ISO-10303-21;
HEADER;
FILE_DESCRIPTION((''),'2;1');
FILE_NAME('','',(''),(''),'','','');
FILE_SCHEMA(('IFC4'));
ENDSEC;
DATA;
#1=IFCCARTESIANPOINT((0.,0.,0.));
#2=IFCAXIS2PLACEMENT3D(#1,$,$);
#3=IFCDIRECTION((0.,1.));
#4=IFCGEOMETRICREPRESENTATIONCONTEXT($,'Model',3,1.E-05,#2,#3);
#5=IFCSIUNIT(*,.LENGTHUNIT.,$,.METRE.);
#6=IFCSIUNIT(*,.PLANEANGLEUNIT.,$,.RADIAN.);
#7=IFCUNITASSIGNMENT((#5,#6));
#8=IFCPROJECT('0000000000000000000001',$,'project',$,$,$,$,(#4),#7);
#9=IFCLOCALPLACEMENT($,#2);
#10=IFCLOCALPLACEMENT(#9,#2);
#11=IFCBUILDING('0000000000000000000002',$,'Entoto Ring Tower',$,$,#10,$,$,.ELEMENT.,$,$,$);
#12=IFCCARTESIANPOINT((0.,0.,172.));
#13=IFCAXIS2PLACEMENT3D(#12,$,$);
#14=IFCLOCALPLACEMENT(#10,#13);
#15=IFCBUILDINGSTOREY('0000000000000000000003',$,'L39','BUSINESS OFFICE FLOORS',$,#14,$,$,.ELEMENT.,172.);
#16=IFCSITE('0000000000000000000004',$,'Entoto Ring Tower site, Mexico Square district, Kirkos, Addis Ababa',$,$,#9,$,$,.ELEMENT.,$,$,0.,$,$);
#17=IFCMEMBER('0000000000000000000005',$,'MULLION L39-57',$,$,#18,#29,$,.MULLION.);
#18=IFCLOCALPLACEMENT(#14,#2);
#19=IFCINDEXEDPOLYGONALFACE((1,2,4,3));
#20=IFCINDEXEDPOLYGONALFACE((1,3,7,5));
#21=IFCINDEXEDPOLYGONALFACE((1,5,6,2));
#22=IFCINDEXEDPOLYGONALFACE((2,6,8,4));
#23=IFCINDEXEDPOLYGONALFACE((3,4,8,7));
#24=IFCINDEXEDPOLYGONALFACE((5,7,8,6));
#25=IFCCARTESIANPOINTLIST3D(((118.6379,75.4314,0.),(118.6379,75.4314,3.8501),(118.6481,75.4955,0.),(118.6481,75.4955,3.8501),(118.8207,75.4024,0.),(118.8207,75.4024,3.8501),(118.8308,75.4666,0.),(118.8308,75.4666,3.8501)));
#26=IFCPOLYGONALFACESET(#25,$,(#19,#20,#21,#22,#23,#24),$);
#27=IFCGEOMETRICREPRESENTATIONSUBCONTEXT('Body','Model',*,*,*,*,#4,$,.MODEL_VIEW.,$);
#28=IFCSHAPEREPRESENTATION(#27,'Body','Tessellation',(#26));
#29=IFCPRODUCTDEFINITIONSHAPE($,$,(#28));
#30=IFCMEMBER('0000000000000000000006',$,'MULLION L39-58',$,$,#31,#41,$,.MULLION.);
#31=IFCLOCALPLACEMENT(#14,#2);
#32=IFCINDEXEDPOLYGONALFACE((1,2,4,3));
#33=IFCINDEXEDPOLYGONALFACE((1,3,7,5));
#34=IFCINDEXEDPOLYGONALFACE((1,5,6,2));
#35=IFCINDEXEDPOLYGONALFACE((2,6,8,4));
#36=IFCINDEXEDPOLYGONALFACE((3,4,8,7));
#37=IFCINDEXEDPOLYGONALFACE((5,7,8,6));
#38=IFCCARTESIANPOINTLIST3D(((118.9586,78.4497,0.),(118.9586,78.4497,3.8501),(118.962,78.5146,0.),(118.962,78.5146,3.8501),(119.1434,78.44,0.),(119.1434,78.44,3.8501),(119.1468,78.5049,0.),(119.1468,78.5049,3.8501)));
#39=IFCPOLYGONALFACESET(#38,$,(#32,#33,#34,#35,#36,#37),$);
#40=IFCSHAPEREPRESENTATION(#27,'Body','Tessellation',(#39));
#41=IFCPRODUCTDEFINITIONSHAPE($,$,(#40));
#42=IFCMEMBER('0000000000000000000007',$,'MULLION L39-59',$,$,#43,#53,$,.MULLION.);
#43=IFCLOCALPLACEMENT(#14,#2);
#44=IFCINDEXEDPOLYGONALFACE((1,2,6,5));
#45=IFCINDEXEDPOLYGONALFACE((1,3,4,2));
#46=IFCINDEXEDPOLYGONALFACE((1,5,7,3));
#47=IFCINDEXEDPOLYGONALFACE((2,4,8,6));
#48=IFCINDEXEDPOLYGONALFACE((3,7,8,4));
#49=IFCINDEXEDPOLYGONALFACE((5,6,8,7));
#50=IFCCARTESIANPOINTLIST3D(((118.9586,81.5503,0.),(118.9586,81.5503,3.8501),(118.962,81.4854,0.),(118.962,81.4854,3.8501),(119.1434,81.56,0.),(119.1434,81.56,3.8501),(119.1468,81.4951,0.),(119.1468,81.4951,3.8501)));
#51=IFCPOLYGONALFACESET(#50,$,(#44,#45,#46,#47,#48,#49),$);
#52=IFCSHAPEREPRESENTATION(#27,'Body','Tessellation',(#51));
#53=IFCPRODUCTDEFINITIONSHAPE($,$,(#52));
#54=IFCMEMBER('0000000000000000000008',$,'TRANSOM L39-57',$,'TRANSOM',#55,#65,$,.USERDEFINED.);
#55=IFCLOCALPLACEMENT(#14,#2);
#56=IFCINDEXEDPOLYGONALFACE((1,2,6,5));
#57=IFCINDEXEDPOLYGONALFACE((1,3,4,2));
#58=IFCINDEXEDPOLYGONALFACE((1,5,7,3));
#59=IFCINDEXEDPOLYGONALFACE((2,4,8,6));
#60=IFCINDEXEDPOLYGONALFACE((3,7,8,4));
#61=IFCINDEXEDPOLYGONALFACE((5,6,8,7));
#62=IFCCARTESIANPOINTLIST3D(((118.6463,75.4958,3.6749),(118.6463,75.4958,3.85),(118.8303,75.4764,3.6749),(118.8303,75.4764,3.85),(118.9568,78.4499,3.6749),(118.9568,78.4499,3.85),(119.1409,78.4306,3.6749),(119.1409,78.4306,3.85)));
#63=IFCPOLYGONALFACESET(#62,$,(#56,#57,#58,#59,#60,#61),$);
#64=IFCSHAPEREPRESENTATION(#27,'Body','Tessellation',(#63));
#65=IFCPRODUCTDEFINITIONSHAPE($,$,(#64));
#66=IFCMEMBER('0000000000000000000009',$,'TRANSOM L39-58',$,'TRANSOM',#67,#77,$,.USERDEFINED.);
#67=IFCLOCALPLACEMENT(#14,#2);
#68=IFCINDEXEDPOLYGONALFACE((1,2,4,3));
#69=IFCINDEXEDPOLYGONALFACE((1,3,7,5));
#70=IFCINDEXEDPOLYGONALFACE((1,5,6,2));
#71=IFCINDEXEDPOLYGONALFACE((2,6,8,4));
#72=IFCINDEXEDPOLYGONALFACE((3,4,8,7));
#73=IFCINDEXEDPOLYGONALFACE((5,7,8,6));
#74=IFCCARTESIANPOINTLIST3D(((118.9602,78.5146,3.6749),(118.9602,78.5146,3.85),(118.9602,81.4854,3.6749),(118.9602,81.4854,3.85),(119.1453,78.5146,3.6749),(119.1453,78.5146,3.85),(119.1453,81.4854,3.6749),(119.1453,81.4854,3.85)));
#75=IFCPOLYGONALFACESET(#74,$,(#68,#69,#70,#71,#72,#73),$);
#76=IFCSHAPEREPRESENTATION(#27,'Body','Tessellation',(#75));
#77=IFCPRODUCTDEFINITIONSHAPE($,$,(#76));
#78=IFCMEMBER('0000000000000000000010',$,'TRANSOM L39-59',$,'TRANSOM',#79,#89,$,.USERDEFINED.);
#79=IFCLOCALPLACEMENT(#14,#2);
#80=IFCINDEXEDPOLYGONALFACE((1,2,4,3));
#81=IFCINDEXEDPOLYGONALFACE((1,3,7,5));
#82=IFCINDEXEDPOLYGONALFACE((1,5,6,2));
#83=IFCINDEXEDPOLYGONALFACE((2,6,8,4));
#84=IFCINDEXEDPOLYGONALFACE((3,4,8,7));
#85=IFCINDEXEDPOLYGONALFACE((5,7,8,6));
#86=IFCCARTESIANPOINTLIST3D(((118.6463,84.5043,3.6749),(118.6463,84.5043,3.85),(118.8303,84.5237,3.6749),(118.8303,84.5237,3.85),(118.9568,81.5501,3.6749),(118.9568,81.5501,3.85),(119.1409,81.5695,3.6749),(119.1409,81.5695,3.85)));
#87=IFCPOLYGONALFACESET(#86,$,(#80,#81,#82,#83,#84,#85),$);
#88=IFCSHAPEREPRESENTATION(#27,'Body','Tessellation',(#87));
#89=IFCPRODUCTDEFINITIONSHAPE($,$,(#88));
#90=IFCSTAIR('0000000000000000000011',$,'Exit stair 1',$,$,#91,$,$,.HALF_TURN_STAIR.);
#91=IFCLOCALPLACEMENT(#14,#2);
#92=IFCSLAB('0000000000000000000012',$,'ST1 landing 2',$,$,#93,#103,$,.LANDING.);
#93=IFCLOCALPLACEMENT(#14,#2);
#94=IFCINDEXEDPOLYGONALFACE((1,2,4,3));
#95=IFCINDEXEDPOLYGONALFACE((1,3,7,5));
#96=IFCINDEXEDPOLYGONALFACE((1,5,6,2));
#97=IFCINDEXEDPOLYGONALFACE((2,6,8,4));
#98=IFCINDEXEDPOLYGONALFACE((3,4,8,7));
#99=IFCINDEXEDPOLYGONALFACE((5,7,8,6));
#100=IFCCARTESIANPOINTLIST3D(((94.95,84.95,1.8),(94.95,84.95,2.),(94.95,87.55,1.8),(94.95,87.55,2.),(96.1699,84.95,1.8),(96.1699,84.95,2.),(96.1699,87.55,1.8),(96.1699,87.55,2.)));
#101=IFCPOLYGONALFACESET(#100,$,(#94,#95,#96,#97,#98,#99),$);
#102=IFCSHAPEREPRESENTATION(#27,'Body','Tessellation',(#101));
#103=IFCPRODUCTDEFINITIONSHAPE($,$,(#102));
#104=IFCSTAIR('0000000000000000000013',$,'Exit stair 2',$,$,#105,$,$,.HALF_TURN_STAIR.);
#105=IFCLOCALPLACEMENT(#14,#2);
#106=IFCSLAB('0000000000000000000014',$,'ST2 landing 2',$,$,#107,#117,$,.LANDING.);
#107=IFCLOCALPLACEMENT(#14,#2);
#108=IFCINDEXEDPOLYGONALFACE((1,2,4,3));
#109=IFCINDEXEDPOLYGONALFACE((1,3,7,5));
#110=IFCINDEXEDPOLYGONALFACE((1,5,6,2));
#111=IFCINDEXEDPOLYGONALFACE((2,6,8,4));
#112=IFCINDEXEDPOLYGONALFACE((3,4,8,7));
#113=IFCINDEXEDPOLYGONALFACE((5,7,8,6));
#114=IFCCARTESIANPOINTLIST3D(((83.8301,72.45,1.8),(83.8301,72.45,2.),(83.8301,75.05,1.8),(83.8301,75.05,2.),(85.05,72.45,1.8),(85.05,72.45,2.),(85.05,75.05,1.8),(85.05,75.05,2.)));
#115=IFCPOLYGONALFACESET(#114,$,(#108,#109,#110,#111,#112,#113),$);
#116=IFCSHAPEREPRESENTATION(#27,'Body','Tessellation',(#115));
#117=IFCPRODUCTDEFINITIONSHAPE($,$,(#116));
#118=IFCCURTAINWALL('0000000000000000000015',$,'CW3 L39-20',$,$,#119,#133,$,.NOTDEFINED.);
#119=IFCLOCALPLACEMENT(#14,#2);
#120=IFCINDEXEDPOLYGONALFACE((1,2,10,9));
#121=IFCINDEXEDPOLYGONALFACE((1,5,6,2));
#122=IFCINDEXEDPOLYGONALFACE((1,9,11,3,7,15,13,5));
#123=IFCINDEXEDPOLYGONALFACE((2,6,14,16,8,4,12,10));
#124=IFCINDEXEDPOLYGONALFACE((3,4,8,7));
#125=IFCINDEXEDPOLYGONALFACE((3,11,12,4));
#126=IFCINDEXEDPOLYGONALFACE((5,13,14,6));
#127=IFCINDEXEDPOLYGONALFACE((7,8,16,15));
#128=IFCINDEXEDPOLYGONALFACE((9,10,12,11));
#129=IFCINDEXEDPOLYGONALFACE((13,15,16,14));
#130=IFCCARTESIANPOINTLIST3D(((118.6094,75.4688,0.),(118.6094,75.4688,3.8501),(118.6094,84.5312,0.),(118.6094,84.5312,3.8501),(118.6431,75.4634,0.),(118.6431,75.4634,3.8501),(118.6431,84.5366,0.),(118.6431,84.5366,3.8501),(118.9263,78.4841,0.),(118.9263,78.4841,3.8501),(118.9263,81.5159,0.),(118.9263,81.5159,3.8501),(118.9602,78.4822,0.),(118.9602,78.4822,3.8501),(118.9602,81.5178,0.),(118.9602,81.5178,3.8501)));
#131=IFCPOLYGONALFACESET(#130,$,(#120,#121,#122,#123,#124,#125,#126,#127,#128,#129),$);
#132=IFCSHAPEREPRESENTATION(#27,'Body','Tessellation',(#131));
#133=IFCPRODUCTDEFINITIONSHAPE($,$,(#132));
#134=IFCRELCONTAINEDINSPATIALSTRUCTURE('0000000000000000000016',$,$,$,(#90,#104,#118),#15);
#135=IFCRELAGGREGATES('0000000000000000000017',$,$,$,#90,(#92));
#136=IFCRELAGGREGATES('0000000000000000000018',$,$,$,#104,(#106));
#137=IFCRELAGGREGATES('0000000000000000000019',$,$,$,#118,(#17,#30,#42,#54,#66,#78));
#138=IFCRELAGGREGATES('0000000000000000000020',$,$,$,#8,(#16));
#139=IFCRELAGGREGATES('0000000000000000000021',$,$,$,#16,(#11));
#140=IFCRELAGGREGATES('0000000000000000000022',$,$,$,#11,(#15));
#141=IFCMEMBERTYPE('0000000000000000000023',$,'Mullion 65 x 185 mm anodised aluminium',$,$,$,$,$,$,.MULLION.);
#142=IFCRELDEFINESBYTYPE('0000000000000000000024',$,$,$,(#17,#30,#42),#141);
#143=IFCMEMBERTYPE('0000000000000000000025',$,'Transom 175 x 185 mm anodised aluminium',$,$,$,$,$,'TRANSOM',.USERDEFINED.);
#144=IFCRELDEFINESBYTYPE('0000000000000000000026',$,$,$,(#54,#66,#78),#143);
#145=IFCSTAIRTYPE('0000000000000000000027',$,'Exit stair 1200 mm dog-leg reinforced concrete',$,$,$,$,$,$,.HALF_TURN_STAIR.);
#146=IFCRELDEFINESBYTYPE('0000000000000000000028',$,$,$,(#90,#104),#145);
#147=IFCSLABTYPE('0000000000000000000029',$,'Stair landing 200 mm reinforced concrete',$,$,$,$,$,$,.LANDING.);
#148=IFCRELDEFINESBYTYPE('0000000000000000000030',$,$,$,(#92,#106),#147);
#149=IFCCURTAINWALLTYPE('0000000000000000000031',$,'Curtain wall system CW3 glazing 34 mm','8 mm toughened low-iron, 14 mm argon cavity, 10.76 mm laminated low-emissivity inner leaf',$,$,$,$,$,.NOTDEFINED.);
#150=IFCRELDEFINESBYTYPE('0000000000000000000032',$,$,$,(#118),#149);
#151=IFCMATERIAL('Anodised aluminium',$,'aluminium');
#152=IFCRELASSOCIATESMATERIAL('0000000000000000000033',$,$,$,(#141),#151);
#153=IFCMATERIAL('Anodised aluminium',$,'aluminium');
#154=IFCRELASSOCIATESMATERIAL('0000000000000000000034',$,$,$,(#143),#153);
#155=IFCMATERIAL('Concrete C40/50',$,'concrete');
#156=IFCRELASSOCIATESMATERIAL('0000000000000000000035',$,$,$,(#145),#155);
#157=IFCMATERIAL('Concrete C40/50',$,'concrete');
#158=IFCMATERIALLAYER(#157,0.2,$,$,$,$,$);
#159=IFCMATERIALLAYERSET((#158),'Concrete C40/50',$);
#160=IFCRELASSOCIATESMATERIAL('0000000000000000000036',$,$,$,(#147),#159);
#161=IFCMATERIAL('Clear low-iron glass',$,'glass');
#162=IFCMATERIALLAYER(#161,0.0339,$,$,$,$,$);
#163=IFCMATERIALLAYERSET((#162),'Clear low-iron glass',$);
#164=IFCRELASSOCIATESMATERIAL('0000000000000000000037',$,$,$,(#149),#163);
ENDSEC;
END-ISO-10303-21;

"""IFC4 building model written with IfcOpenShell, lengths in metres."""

from ifc_helpers import new_model, si_unit, direction, frame, origin, origin_2d, place, context, subcontext, project, spatial, polyline, rectangle, outline, extrude, material, layer, layer_set, material_profile, profile_set, type_object, element, aggregate, save


model = new_model("IFC4")

# Units and contexts
model_context = context("Model", 3, precision=1e-05, world=origin(), true_north=direction((0.0, 1.0)))
body_context = subcontext(model_context, "Body", "Model", "MODEL_VIEW")
ifc_project = project(units=[si_unit("LENGTHUNIT", "METRE"), si_unit("PLANEANGLEUNIT", "RADIAN")], contexts=[model_context])

# Members
ifc_material_1 = material(Name="Anodised aluminium", Category="aluminium")
ifc_material_profile_1 = material_profile(ifc_material_1, rectangle(XDim=0.0649, YDim=0.1851, at=origin_2d()), Name="Mullion 65 x 185 mm anodised aluminium")
ifc_profile_set_1 = profile_set([ifc_material_profile_1], Name="Anodised aluminium")
member_type_1 = type_object("IfcMemberType", Name="Mullion 65 x 185 mm anodised aluminium", PredefinedType="MULLION", material=ifc_profile_set_1)
site_placement = place(None, origin())
building_placement = place(site_placement, origin())
storey_placement = place(building_placement, frame((0.0, 0.0, 172.0)))
member_1_placement = place(storey_placement, frame((118.7344, 75.449, 0.0), z_axis=(0.0, 0.0, 1.0), x_axis=(0.156434, 0.987688, 0.0)))
member_1 = element("IfcMember", 1, at=member_1_placement, type_object=member_type_1, Name="MULLION L39-57", PredefinedType="MULLION", context=body_context, shape_type="SweptSolid", body=[
    extrude(rectangle(XDim=0.0649, YDim=0.1851, at=origin_2d()), origin(), (0.0, 0.0, 1.0), 3.8501),
])
member_2_placement = place(storey_placement, frame((119.0527, 78.4773, 0.0), z_axis=(0.0, 0.0, 1.0), x_axis=(0.052336, 0.99863, 0.0)))
member_2 = element("IfcMember", 2, at=member_2_placement, type_object=member_type_1, Name="MULLION L39-58", PredefinedType="MULLION", context=body_context, shape_type="SweptSolid", body=[
    extrude(rectangle(XDim=0.0649, YDim=0.1851, at=origin_2d()), origin(), (0.0, 0.0, 1.0), 3.8501),
])
member_3_placement = place(storey_placement, frame((119.0527, 81.5227, 0.0), z_axis=(0.0, 0.0, 1.0), x_axis=(-0.052336, 0.99863, 0.0)))
member_3 = element("IfcMember", 3, at=member_3_placement, type_object=member_type_1, Name="MULLION L39-59", PredefinedType="MULLION", context=body_context, shape_type="SweptSolid", body=[
    extrude(rectangle(XDim=0.0649, YDim=0.1851, at=origin_2d()), origin(), (0.0, 0.0, 1.0), 3.8501),
])
ifc_material_2 = material(Name="Anodised aluminium", Category="aluminium")
ifc_material_profile_2 = material_profile(ifc_material_2, rectangle(XDim=0.1851, YDim=0.175, at=origin_2d()), Name="Transom 175 x 185 mm anodised aluminium")
ifc_profile_set_2 = profile_set([ifc_material_profile_2], Name="Anodised aluminium")
member_type_2 = type_object("IfcMemberType", Name="Transom 175 x 185 mm anodised aluminium", ElementType="TRANSOM", PredefinedType="USERDEFINED", material=ifc_profile_set_2)
member_4_placement = place(storey_placement, frame((118.7383, 75.4861, 3.7625), z_axis=(0.104548, 0.99452, 0.0), x_axis=(-0.99452, 0.104548, 0.0)))
member_4 = element("IfcMember", 4, at=member_4_placement, type_object=member_type_2, Name="TRANSOM L39-57", ObjectType="TRANSOM", PredefinedType="USERDEFINED", context=body_context, shape_type="SweptSolid", body=[
    extrude(rectangle(XDim=0.1851, YDim=0.175, at=origin_2d()), origin(), (0.0, 0.0, 1.0), 2.9705),
])
member_5_placement = place(storey_placement, frame((119.0527, 78.5146, 3.7625), z_axis=(0.0, 1.0, 0.0), x_axis=(-1.0, 0.0, 0.0)))
member_5 = element("IfcMember", 5, at=member_5_placement, type_object=member_type_2, Name="TRANSOM L39-58", ObjectType="TRANSOM", PredefinedType="USERDEFINED", context=body_context, shape_type="SweptSolid", body=[
    extrude(rectangle(XDim=0.1851, YDim=0.175, at=origin_2d()), origin(), (0.0, 0.0, 1.0), 2.9707),
])
member_6_placement = place(storey_placement, frame((119.0488, 81.5598, 3.7625), z_axis=(-0.104548, 0.99452, 0.0), x_axis=(-0.99452, -0.104548, 0.0)))
member_6 = element("IfcMember", 6, at=member_6_placement, type_object=member_type_2, Name="TRANSOM L39-59", ObjectType="TRANSOM", PredefinedType="USERDEFINED", context=body_context, shape_type="SweptSolid", body=[
    extrude(rectangle(XDim=0.1851, YDim=0.175, at=origin_2d()), origin(), (0.0, 0.0, 1.0), 2.9705),
])

# Site, building, storey
site = spatial("IfcSite", under=ifc_project, at=site_placement, Name="Entoto Ring Tower site, Mexico Square district, Kirkos, Addis Ababa", CompositionType="ELEMENT", RefElevation=0.0)
building = spatial("IfcBuilding", under=site, at=building_placement, Name="Entoto Ring Tower", CompositionType="ELEMENT")
storey = spatial("IfcBuildingStorey", under=building, at=storey_placement, Name="L39", Description="BUSINESS OFFICE FLOORS", CompositionType="ELEMENT", Elevation=172.0)

# Stairs, slabs
ifc_material_3 = material(Name="Concrete C40/50", Category="concrete")
stair_type = type_object("IfcStairType", Name="Exit stair 1200 mm dog-leg reinforced concrete", PredefinedType="HALF_TURN_STAIR", material=ifc_material_3)
stair_1_placement = place(storey_placement, origin())
stair_1 = element("IfcStair", 7, at=stair_1_placement, inside=storey, type_object=stair_type, Name="Exit stair 1", PredefinedType="HALF_TURN_STAIR")
ifc_material_4 = material(Name="Concrete C40/50", Category="concrete")
ifc_layer_1 = layer(ifc_material_4, 0.2)
ifc_layer_set_1 = layer_set([ifc_layer_1], Name="Concrete C40/50")
slab_type = type_object("IfcSlabType", Name="Stair landing 200 mm reinforced concrete", PredefinedType="LANDING", material=ifc_layer_set_1)
slab_1_placement = place(storey_placement, frame((0.0, 0.0, 1.8)))
slab_1 = element("IfcSlab", 8, at=slab_1_placement, type_object=slab_type, Name="ST1 landing 2", PredefinedType="LANDING", context=body_context, shape_type="SweptSolid", body=[
    extrude(outline(polyline([(94.95, 84.95), (96.1699, 84.95), (96.1699, 87.55), (94.95, 87.55), (94.95, 84.95)])), origin(), (0.0, 0.0, 1.0), 0.2),
])
aggregate(stair_1, [slab_1])
stair_2_placement = place(storey_placement, origin())
stair_2 = element("IfcStair", 9, at=stair_2_placement, inside=storey, type_object=stair_type, Name="Exit stair 2", PredefinedType="HALF_TURN_STAIR")
slab_2_placement = place(storey_placement, frame((0.0, 0.0, 1.8)))
slab_2 = element("IfcSlab", 10, at=slab_2_placement, type_object=slab_type, Name="ST2 landing 2", PredefinedType="LANDING", context=body_context, shape_type="SweptSolid", body=[
    extrude(outline(polyline([(83.8301, 72.45), (85.05, 72.45), (85.05, 75.05), (83.8301, 75.05), (83.8301, 72.45)])), origin(), (0.0, 0.0, 1.0), 0.2),
])
aggregate(stair_2, [slab_2])

# Curtain wall
ifc_material_5 = material(Name="Clear low-iron glass", Category="glass")
ifc_layer_2 = layer(ifc_material_5, 0.0339)
ifc_layer_set_2 = layer_set([ifc_layer_2], Name="Clear low-iron glass")
curtain_wall_type = type_object("IfcCurtainWallType", Name="Curtain wall system CW3 glazing 34 mm", Description="8 mm toughened low-iron, 14 mm argon cavity, 10.76 mm laminated low-emissivity inner leaf", PredefinedType="NOTDEFINED", material=ifc_layer_set_2)
curtain_wall_1_placement = place(storey_placement, origin())
curtain_wall_1 = element("IfcCurtainWall", 11, at=curtain_wall_1_placement, inside=storey, type_object=curtain_wall_type, Name="CW3 L39-20", PredefinedType="NOTDEFINED", context=body_context, shape_type="SweptSolid", body=[
    extrude(outline(polyline([(118.6431, 75.4634), (118.9602, 78.4822), (118.9602, 81.5178), (118.6431, 84.5366), (118.6094, 84.5312), (118.9263, 81.5159), (118.9263, 78.4841), (118.6094, 75.4688), (118.6431, 75.4634)])), origin(), (0.0, 0.0, 1.0), 3.8501),
])
aggregate(curtain_wall_1, [member_1, member_2, member_3, member_4, member_5, member_6])

save(model, "model.ifc")
